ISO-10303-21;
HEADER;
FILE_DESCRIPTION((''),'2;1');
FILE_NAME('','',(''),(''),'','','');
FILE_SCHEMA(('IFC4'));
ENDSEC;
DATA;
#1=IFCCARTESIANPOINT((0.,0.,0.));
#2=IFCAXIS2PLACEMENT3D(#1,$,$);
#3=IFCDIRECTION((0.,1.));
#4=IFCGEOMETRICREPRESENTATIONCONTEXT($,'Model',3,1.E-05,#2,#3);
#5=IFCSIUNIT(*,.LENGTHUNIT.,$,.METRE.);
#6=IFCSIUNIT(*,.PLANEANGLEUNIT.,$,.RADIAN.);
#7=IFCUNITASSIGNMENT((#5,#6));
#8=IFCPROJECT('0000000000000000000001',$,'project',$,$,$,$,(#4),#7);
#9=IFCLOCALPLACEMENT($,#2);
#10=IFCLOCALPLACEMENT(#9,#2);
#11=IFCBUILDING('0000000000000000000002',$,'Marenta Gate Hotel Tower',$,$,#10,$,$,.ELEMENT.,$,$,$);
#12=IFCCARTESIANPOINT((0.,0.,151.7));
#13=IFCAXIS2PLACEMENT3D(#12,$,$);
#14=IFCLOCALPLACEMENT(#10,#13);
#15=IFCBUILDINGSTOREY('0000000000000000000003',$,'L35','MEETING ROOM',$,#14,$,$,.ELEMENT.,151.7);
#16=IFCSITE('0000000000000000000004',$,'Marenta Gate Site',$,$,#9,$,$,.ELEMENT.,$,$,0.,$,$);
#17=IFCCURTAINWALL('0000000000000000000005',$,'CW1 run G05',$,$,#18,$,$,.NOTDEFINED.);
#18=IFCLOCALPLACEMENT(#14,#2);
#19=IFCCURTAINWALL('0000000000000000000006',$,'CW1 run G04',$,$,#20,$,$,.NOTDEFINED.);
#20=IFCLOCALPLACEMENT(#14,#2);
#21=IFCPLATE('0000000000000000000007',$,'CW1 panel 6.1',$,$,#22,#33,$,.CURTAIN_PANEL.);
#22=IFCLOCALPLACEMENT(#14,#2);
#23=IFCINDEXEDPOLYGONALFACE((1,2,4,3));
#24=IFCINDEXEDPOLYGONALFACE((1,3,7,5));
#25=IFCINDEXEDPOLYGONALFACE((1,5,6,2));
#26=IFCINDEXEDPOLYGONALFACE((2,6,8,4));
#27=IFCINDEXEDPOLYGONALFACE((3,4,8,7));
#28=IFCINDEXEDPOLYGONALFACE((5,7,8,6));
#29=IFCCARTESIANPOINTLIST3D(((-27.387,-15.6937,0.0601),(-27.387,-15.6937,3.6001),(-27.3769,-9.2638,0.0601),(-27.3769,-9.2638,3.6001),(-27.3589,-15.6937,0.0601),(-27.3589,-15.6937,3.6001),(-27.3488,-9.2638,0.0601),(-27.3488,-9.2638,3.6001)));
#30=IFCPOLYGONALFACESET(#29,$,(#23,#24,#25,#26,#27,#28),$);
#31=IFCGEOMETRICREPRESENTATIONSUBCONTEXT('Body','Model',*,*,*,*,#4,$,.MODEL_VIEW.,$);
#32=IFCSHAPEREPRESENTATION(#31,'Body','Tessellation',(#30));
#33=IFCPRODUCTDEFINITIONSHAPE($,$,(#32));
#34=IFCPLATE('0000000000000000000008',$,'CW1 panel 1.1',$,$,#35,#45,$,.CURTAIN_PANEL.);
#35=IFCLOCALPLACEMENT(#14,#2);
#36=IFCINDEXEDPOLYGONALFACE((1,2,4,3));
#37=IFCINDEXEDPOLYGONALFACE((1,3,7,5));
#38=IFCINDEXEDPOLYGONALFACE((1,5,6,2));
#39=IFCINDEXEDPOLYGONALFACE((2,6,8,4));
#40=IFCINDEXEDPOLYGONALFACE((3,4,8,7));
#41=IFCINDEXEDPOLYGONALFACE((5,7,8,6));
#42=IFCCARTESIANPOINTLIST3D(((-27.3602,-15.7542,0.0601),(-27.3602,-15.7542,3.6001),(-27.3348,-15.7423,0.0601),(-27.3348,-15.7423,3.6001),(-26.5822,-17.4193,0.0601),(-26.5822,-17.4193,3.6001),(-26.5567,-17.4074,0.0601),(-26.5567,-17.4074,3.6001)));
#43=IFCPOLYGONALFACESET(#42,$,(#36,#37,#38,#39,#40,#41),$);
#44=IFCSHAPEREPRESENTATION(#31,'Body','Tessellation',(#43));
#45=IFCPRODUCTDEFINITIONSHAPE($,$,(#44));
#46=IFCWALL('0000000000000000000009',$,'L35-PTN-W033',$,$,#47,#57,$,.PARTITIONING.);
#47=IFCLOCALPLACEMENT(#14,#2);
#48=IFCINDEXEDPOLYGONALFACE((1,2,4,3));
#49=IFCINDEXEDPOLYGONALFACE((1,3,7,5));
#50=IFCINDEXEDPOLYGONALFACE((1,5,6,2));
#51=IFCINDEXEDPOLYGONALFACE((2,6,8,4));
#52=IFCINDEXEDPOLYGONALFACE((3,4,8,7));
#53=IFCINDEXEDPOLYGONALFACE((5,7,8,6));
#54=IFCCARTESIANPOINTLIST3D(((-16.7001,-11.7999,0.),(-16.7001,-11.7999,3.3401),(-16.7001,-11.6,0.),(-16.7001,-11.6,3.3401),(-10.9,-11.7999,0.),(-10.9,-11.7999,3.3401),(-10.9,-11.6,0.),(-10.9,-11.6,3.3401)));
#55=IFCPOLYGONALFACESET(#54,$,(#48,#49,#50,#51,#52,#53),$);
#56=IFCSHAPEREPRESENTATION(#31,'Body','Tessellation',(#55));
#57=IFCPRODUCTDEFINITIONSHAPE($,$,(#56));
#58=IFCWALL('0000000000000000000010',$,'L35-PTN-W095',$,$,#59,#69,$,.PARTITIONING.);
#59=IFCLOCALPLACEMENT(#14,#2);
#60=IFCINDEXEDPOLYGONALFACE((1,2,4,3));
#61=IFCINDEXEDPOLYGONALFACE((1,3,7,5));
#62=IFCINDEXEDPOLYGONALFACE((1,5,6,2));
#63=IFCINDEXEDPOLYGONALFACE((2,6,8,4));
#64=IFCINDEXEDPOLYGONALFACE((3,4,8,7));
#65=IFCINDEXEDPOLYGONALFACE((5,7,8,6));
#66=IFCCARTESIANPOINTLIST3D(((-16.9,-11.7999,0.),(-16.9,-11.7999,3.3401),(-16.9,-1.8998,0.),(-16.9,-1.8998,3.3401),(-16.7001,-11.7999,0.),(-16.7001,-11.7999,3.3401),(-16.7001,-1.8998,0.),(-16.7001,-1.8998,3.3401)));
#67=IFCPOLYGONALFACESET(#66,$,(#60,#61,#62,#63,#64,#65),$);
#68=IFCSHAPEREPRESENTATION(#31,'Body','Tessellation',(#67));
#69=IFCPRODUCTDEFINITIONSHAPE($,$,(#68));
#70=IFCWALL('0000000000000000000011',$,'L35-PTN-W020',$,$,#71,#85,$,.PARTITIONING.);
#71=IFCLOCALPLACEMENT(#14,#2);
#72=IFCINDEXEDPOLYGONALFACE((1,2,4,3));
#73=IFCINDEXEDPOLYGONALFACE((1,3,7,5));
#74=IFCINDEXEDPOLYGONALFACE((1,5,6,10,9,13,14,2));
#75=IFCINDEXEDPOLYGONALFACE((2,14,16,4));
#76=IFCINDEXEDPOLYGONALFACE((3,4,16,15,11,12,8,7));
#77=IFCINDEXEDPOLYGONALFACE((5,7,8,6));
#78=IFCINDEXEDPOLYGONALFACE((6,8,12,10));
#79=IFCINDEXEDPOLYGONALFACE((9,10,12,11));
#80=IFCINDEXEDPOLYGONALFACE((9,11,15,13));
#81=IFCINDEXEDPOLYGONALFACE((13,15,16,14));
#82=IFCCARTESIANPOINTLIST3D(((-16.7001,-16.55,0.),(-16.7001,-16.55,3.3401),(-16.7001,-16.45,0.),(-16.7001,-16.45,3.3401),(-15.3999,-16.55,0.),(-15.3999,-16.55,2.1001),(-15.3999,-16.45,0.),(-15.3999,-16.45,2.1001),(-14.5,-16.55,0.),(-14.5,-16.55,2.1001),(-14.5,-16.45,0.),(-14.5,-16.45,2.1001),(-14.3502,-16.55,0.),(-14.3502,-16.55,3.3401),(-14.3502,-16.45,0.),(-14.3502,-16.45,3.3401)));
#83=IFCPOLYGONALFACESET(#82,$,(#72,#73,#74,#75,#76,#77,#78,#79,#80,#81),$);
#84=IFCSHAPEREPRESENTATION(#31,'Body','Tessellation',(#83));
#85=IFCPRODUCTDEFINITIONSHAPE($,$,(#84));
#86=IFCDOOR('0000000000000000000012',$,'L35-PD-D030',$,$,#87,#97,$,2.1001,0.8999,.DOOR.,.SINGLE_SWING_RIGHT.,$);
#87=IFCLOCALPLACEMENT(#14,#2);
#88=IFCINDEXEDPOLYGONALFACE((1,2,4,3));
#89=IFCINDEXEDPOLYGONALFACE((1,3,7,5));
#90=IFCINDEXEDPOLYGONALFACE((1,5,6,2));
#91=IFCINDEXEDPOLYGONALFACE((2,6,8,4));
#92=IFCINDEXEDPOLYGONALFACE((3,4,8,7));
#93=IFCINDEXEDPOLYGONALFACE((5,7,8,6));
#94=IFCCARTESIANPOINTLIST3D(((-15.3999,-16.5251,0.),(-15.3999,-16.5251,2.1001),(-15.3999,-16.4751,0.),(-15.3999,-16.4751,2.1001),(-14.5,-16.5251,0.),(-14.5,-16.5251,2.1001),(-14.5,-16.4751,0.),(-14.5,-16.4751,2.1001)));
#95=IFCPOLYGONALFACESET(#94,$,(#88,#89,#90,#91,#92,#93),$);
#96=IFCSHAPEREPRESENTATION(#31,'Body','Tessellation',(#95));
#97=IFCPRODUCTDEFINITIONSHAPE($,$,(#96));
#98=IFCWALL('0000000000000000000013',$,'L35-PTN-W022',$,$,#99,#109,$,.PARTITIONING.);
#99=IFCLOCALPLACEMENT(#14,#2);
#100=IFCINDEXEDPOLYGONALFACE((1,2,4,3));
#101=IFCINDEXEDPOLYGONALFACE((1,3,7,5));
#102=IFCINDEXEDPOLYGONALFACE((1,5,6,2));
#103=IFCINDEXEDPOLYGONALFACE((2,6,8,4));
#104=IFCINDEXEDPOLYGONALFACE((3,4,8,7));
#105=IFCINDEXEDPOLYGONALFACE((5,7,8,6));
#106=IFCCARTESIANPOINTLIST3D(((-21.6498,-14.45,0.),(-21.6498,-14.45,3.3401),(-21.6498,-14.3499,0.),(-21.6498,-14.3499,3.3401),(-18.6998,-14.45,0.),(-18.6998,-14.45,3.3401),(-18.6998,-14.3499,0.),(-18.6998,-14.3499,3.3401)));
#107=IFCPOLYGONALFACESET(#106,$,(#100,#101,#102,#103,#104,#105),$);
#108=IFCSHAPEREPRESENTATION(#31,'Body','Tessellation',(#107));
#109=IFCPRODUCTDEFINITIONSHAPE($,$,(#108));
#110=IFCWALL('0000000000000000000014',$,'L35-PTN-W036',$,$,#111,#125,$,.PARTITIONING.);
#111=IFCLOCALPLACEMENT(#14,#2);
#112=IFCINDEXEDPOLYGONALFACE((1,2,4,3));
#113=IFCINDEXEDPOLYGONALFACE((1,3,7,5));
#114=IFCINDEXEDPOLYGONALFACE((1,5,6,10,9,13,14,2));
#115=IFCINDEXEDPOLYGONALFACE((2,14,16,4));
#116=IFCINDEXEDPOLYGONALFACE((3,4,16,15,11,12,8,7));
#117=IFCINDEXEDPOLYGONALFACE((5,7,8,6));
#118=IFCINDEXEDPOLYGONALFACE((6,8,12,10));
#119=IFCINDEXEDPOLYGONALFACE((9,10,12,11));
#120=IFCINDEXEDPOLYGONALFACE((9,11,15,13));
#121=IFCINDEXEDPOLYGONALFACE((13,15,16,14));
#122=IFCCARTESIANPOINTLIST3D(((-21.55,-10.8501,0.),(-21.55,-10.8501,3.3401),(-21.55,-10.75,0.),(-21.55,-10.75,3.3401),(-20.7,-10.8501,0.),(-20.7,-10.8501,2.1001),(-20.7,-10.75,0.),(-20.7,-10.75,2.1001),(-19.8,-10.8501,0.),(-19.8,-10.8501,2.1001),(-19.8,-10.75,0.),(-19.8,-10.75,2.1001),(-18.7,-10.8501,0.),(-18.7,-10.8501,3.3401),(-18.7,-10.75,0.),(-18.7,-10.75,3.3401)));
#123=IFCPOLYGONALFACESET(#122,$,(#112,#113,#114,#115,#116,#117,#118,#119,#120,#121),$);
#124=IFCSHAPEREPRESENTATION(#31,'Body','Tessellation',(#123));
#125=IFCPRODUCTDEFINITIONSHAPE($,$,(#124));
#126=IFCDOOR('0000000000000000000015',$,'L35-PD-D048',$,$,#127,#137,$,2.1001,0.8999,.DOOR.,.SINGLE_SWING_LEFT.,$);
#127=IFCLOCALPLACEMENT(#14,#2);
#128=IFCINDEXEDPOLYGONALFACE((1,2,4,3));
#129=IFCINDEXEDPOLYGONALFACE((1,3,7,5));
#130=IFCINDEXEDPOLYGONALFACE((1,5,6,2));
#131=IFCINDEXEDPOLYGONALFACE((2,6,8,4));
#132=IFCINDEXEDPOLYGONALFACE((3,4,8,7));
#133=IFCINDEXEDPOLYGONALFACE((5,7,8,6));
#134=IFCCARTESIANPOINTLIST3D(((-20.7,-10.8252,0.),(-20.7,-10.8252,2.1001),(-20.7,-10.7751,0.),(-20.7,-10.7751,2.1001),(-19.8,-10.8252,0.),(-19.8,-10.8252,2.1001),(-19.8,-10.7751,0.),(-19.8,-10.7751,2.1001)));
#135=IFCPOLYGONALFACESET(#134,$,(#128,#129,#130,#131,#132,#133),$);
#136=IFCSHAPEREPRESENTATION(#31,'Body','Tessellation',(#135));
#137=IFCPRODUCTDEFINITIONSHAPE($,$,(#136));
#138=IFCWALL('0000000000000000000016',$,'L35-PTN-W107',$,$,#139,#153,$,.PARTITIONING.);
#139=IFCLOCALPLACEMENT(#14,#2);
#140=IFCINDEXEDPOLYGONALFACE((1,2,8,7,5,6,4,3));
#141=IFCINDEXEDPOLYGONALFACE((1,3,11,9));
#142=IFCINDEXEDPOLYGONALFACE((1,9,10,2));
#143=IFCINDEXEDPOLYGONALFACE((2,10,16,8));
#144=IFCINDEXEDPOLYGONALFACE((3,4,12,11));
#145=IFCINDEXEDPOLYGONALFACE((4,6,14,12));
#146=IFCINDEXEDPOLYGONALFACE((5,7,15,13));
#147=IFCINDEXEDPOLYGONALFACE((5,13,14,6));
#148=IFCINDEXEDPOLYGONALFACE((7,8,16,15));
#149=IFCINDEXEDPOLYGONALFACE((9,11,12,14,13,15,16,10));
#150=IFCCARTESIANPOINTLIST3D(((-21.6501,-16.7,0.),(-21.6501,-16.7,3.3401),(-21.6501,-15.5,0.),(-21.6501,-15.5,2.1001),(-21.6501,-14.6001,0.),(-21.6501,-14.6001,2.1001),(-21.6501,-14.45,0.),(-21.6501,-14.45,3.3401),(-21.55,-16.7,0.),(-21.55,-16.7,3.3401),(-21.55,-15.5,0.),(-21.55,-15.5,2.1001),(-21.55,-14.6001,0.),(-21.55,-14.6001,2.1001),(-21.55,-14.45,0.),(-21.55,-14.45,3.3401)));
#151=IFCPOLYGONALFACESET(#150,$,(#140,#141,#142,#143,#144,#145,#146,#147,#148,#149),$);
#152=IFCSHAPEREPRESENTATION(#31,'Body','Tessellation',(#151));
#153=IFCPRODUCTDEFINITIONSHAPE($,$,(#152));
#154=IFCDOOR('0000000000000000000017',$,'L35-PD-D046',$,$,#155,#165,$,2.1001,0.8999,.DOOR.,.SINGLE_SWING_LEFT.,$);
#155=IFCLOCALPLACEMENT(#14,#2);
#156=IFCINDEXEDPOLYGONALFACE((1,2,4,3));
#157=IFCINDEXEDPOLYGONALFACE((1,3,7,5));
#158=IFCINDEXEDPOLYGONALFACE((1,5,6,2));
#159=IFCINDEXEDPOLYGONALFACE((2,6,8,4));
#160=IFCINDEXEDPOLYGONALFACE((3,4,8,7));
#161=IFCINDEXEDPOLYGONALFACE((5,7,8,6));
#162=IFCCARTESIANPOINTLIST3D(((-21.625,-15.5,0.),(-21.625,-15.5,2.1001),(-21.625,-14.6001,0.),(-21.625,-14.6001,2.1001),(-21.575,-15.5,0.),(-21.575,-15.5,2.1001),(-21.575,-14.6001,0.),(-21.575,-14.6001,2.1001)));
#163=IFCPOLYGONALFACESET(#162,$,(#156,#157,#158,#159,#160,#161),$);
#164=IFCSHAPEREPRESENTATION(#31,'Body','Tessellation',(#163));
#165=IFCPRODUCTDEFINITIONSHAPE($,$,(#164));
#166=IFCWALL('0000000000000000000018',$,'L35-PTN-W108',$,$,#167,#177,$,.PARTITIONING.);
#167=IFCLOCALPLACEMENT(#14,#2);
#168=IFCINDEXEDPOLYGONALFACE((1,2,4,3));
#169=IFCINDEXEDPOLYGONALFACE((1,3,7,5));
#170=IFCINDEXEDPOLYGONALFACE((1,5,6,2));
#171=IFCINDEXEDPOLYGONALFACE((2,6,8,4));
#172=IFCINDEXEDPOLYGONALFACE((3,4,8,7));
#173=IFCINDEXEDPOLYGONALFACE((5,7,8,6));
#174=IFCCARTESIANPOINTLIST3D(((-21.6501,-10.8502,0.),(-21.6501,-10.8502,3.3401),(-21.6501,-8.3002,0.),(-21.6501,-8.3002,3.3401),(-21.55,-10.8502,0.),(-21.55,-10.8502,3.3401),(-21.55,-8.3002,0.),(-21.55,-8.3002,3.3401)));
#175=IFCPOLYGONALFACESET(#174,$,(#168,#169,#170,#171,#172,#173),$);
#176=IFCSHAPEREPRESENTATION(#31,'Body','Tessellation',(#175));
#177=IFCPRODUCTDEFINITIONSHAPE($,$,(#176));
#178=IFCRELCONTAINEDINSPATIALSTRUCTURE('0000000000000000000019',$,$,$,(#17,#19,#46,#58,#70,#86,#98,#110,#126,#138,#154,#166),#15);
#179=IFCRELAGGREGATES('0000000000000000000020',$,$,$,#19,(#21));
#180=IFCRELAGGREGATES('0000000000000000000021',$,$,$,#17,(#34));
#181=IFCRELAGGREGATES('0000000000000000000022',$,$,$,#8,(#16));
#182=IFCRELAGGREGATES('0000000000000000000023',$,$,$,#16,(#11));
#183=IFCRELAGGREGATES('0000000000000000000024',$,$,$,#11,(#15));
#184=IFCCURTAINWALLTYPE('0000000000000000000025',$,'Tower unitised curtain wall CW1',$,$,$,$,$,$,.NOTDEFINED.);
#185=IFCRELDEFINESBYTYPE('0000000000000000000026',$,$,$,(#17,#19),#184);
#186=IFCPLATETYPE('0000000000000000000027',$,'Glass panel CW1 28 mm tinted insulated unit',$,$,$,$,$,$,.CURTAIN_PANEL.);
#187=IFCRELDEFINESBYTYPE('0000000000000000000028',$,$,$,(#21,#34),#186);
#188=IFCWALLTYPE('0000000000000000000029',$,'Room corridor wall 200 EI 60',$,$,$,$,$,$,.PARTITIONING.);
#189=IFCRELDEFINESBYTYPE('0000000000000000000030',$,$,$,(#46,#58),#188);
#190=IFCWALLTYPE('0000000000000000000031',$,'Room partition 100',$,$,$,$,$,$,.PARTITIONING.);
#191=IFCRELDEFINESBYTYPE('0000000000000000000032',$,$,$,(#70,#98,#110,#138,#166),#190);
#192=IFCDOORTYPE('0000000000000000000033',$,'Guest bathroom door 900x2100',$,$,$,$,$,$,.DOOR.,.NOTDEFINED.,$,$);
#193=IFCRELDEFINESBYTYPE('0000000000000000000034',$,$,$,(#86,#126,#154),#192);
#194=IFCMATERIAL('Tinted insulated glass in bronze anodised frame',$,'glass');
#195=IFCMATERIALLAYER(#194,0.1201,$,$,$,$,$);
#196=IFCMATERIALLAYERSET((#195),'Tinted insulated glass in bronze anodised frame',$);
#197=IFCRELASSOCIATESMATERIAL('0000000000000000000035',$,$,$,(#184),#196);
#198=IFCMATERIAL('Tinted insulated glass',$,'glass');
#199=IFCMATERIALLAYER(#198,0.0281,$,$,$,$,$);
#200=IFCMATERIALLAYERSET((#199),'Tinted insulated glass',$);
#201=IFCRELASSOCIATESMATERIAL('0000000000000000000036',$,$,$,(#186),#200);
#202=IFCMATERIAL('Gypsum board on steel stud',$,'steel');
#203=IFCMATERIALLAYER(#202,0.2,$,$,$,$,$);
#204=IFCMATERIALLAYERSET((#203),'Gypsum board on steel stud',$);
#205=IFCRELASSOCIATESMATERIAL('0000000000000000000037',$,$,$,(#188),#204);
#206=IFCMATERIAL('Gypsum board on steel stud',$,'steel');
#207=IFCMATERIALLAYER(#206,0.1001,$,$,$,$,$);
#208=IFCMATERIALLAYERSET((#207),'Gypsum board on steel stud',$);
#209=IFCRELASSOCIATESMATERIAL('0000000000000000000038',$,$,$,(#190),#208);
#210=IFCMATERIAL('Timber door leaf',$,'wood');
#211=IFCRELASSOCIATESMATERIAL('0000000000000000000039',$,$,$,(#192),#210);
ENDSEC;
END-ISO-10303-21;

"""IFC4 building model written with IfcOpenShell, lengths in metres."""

from ifc_helpers import new_model, si_unit, direction, frame, frame_2d, origin, origin_2d, place, context, subcontext, project, spatial, rectangle, extrude, material, layer, layer_set, type_object, element, fill, aggregate, save


model = new_model("IFC4")

# Units and contexts
model_context = context("Model", 3, precision=1e-05, world=origin(), true_north=direction((0.0, 1.0)))
body_context = subcontext(model_context, "Body", "Model", "MODEL_VIEW")
ifc_project = project(units=[si_unit("LENGTHUNIT", "METRE"), si_unit("PLANEANGLEUNIT", "RADIAN")], contexts=[model_context])

# Site, building, storey
site_placement = place(None, origin())
site = spatial("IfcSite", under=ifc_project, at=site_placement, Name="Marenta Gate Site", CompositionType="ELEMENT", RefElevation=0.0)
building_placement = place(site_placement, origin())
building = spatial("IfcBuilding", under=site, at=building_placement, Name="Marenta Gate Hotel Tower", CompositionType="ELEMENT")
storey_placement = place(building_placement, frame((0.0, 0.0, 151.7)))
storey = spatial("IfcBuildingStorey", under=building, at=storey_placement, Name="L35", Description="MEETING ROOM", CompositionType="ELEMENT", Elevation=151.7)

# Curtain wall
ifc_material_1 = material(Name="Tinted insulated glass in bronze anodised frame", Category="glass")
ifc_layer_1 = layer(ifc_material_1, 0.1201)
ifc_layer_set_1 = layer_set([ifc_layer_1], Name="Tinted insulated glass in bronze anodised frame")
curtain_wall_type = type_object("IfcCurtainWallType", Name="Tower unitised curtain wall CW1", PredefinedType="NOTDEFINED", material=ifc_layer_set_1)
curtain_wall_1_placement = place(storey_placement, origin())
curtain_wall_1 = element("IfcCurtainWall", 1, at=curtain_wall_1_placement, inside=storey, type_object=curtain_wall_type, Name="CW1 run G05", PredefinedType="NOTDEFINED")

# Curtain wall, plate
curtain_wall_2_placement = place(storey_placement, origin())
curtain_wall_2 = element("IfcCurtainWall", 2, at=curtain_wall_2_placement, inside=storey, type_object=curtain_wall_type, Name="CW1 run G04", PredefinedType="NOTDEFINED")
ifc_material_2 = material(Name="Tinted insulated glass", Category="glass")
ifc_layer_2 = layer(ifc_material_2, 0.0281)
ifc_layer_set_2 = layer_set([ifc_layer_2], Name="Tinted insulated glass")
plate_type = type_object("IfcPlateType", Name="Glass panel CW1 28 mm tinted insulated unit", PredefinedType="CURTAIN_PANEL", material=ifc_layer_set_2)
plate_1_placement = place(storey_placement, frame((-27.3679, -12.4788, 0.0601), z_axis=(0.0, 0.0, 1.0), x_axis=(-0.001566, -0.999999, 0.0)))
plate_1 = element("IfcPlate", 3, at=plate_1_placement, type_object=plate_type, Name="CW1 panel 6.1", PredefinedType="CURTAIN_PANEL", context=body_context, shape_type="SweptSolid", body=[
    extrude(rectangle(XDim=6.4299, YDim=0.0281, at=origin_2d()), origin(), (0.0, 0.0, 1.0), 3.54),
])
aggregate(curtain_wall_2, [plate_1])

# Plate
plate_2_placement = place(storey_placement, frame((-26.9585, -16.5808, 0.0601), z_axis=(0.0, 0.0, 1.0), x_axis=(0.423347, -0.905968, 0.0)))
plate_2 = element("IfcPlate", 4, at=plate_2_placement, type_object=plate_type, Name="CW1 panel 1.1", PredefinedType="CURTAIN_PANEL", context=body_context, shape_type="SweptSolid", body=[
    extrude(rectangle(XDim=1.8379, YDim=0.0281, at=origin_2d()), origin(), (0.0, 0.0, 1.0), 3.54),
])
aggregate(curtain_wall_1, [plate_2])

# Shared definitions
ifc_material_3 = material(Name="Gypsum board on steel stud", Category="steel")
ifc_layer_3 = layer(ifc_material_3, 0.2)
ifc_layer_set_3 = layer_set([ifc_layer_3], Name="Gypsum board on steel stud")
wall_type_1 = type_object("IfcWallType", Name="Room corridor wall 200 EI 60", PredefinedType="PARTITIONING", material=ifc_layer_set_3)

# Walls
wall_1_placement = place(storey_placement, frame((-16.7, -11.7, 0.0), z_axis=(0.0, 0.0, 1.0), x_axis=(1.0, 0.0, 0.0)))
element("IfcWall", 5, at=wall_1_placement, inside=storey, type_object=wall_type_1, Name="L35-PTN-W033", PredefinedType="PARTITIONING", context=body_context, shape_type="SweptSolid", body=[
    extrude(rectangle(XDim=5.8, YDim=0.2, at=frame_2d((2.8999, 0.0))), origin(), (0.0, 0.0, 1.0), 3.3401),
])
wall_2_placement = place(storey_placement, frame((-16.8, -11.8, 0.0), z_axis=(0.0, 0.0, 1.0), x_axis=(0.0, 1.0, 0.0)))
element("IfcWall", 6, at=wall_2_placement, inside=storey, type_object=wall_type_1, Name="L35-PTN-W095", PredefinedType="PARTITIONING", context=body_context, shape_type="SweptSolid", body=[
    extrude(rectangle(XDim=9.9001, YDim=0.2, at=frame_2d((4.9502, 0.0))), origin(), (0.0, 0.0, 1.0), 3.3401),
])

# Wall, opening, door
ifc_material_4 = material(Name="Gypsum board on steel stud", Category="steel")
ifc_layer_4 = layer(ifc_material_4, 0.1001)
ifc_layer_set_4 = layer_set([ifc_layer_4], Name="Gypsum board on steel stud")
wall_type_2 = type_object("IfcWallType", Name="Room partition 100", PredefinedType="PARTITIONING", material=ifc_layer_set_4)
wall_3_placement = place(storey_placement, frame((-16.7, -16.5, 0.0), z_axis=(0.0, 0.0, 1.0), x_axis=(1.0, 0.0, 0.0)))
wall_3 = element("IfcWall", 7, at=wall_3_placement, inside=storey, type_object=wall_type_2, Name="L35-PTN-W020", PredefinedType="PARTITIONING", context=body_context, shape_type="SweptSolid", body=[
    extrude(rectangle(XDim=2.3499, YDim=0.1001, at=frame_2d((1.1748, 0.0))), origin(), (0.0, 0.0, 1.0), 3.3401),
])
opening_1_placement = place(wall_3_placement, frame((1.3, 0.0, 0.0)))
opening_1 = element("IfcOpeningElement", 8, at=opening_1_placement, cuts=wall_3, PredefinedType="OPENING", context=body_context, shape_type="SweptSolid", body=[
    extrude(rectangle(XDim=0.8999, YDim=2.1001, at=frame_2d((0.45, 1.05))), frame((0.0, 0.05, 0.0), z_axis=(0.0, -1.0, 0.0), x_axis=(1.0, 0.0, 0.0)), (0.0, 0.0, 1.0), 0.1001),
])
ifc_material_5 = material(Name="Timber door leaf", Category="wood")
door_type_1 = type_object("IfcDoorType", Name="Guest bathroom door 900x2100", OperationType="NOTDEFINED", PredefinedType="DOOR", material=ifc_material_5)
door_1_placement = place(opening_1_placement, origin())
door_1 = element("IfcDoor", 9, at=door_1_placement, inside=storey, type_object=door_type_1, Name="L35-PD-D030", OperationType="SINGLE_SWING_RIGHT", OverallHeight=2.1001, OverallWidth=0.8999, PredefinedType="DOOR", context=body_context, shape_type="SweptSolid", body=[
    extrude(rectangle(XDim=0.8999, YDim=2.1001, at=frame_2d((0.45, 1.05))), frame((0.0, 0.0249, 0.0), z_axis=(0.0, -1.0, 0.0), x_axis=(1.0, 0.0, 0.0)), (0.0, 0.0, 1.0), 0.05),
])
fill(opening_1, door_1)

# Wall
wall_4_placement = place(storey_placement, frame((-21.6499, -14.3999, 0.0), z_axis=(0.0, 0.0, 1.0), x_axis=(1.0, 0.0, 0.0)))
element("IfcWall", 10, at=wall_4_placement, inside=storey, type_object=wall_type_2, Name="L35-PTN-W022", PredefinedType="PARTITIONING", context=body_context, shape_type="SweptSolid", body=[
    extrude(rectangle(XDim=2.95, YDim=0.1001, at=frame_2d((1.4751, 0.0))), origin(), (0.0, 0.0, 1.0), 3.3401),
])

# Walls, openings, doors
wall_5_placement = place(storey_placement, frame((-21.55, -10.8, 0.0), z_axis=(0.0, 0.0, 1.0), x_axis=(1.0, 0.0, 0.0)))
wall_5 = element("IfcWall", 11, at=wall_5_placement, inside=storey, type_object=wall_type_2, Name="L35-PTN-W036", PredefinedType="PARTITIONING", context=body_context, shape_type="SweptSolid", body=[
    extrude(rectangle(XDim=2.8501, YDim=0.1001, at=frame_2d((1.425, 0.0))), origin(), (0.0, 0.0, 1.0), 3.3401),
])
opening_2_placement = place(wall_5_placement, frame((0.8501, 0.0, 0.0)))
opening_2 = element("IfcOpeningElement", 12, at=opening_2_placement, cuts=wall_5, PredefinedType="OPENING", context=body_context, shape_type="SweptSolid", body=[
    extrude(rectangle(XDim=0.8999, YDim=2.1001, at=frame_2d((0.45, 1.05))), frame((0.0, 0.05, 0.0), z_axis=(0.0, -1.0, 0.0), x_axis=(1.0, 0.0, 0.0)), (0.0, 0.0, 1.0), 0.1001),
])
door_2_placement = place(opening_2_placement, origin())
door_2 = element("IfcDoor", 13, at=door_2_placement, inside=storey, type_object=door_type_1, Name="L35-PD-D048", OperationType="SINGLE_SWING_LEFT", OverallHeight=2.1001, OverallWidth=0.8999, PredefinedType="DOOR", context=body_context, shape_type="SweptSolid", body=[
    extrude(rectangle(XDim=0.8999, YDim=2.1001, at=frame_2d((0.45, 1.05))), frame((0.0, 0.0249, 0.0), z_axis=(0.0, -1.0, 0.0), x_axis=(1.0, 0.0, 0.0)), (0.0, 0.0, 1.0), 0.05),
])
fill(opening_2, door_2)
wall_6_placement = place(storey_placement, frame((-21.6001, -16.7, 0.0), z_axis=(0.0, 0.0, 1.0), x_axis=(0.0, 1.0, 0.0)))
wall_6 = element("IfcWall", 14, at=wall_6_placement, inside=storey, type_object=wall_type_2, Name="L35-PTN-W107", PredefinedType="PARTITIONING", context=body_context, shape_type="SweptSolid", body=[
    extrude(rectangle(XDim=2.25, YDim=0.1001, at=frame_2d((1.125, 0.0))), origin(), (0.0, 0.0, 1.0), 3.3401),
])
opening_3_placement = place(wall_6_placement, frame((1.2, 0.0, 0.0)))
opening_3 = element("IfcOpeningElement", 15, at=opening_3_placement, cuts=wall_6, PredefinedType="OPENING", context=body_context, shape_type="SweptSolid", body=[
    extrude(rectangle(XDim=0.8999, YDim=2.1001, at=frame_2d((0.45, 1.05))), frame((0.0, 0.05, 0.0), z_axis=(0.0, -1.0, 0.0), x_axis=(1.0, 0.0, 0.0)), (0.0, 0.0, 1.0), 0.1001),
])
door_3_placement = place(opening_3_placement, origin())
door_3 = element("IfcDoor", 16, at=door_3_placement, inside=storey, type_object=door_type_1, Name="L35-PD-D046", OperationType="SINGLE_SWING_LEFT", OverallHeight=2.1001, OverallWidth=0.8999, PredefinedType="DOOR", context=body_context, shape_type="SweptSolid", body=[
    extrude(rectangle(XDim=0.8999, YDim=2.1001, at=frame_2d((0.45, 1.05))), frame((0.0, 0.0249, 0.0), z_axis=(0.0, -1.0, 0.0), x_axis=(1.0, 0.0, 0.0)), (0.0, 0.0, 1.0), 0.05),
])
fill(opening_3, door_3)

# Wall
wall_7_placement = place(storey_placement, frame((-21.6001, -10.8501, 0.0), z_axis=(0.0, 0.0, 1.0), x_axis=(0.0, 1.0, 0.0)))
element("IfcWall", 17, at=wall_7_placement, inside=storey, type_object=wall_type_2, Name="L35-PTN-W108", PredefinedType="PARTITIONING", context=body_context, shape_type="SweptSolid", body=[
    extrude(rectangle(XDim=2.55, YDim=0.1001, at=frame_2d((1.2749, 0.0))), origin(), (0.0, 0.0, 1.0), 3.3401),
])

save(model, "model.ifc")
